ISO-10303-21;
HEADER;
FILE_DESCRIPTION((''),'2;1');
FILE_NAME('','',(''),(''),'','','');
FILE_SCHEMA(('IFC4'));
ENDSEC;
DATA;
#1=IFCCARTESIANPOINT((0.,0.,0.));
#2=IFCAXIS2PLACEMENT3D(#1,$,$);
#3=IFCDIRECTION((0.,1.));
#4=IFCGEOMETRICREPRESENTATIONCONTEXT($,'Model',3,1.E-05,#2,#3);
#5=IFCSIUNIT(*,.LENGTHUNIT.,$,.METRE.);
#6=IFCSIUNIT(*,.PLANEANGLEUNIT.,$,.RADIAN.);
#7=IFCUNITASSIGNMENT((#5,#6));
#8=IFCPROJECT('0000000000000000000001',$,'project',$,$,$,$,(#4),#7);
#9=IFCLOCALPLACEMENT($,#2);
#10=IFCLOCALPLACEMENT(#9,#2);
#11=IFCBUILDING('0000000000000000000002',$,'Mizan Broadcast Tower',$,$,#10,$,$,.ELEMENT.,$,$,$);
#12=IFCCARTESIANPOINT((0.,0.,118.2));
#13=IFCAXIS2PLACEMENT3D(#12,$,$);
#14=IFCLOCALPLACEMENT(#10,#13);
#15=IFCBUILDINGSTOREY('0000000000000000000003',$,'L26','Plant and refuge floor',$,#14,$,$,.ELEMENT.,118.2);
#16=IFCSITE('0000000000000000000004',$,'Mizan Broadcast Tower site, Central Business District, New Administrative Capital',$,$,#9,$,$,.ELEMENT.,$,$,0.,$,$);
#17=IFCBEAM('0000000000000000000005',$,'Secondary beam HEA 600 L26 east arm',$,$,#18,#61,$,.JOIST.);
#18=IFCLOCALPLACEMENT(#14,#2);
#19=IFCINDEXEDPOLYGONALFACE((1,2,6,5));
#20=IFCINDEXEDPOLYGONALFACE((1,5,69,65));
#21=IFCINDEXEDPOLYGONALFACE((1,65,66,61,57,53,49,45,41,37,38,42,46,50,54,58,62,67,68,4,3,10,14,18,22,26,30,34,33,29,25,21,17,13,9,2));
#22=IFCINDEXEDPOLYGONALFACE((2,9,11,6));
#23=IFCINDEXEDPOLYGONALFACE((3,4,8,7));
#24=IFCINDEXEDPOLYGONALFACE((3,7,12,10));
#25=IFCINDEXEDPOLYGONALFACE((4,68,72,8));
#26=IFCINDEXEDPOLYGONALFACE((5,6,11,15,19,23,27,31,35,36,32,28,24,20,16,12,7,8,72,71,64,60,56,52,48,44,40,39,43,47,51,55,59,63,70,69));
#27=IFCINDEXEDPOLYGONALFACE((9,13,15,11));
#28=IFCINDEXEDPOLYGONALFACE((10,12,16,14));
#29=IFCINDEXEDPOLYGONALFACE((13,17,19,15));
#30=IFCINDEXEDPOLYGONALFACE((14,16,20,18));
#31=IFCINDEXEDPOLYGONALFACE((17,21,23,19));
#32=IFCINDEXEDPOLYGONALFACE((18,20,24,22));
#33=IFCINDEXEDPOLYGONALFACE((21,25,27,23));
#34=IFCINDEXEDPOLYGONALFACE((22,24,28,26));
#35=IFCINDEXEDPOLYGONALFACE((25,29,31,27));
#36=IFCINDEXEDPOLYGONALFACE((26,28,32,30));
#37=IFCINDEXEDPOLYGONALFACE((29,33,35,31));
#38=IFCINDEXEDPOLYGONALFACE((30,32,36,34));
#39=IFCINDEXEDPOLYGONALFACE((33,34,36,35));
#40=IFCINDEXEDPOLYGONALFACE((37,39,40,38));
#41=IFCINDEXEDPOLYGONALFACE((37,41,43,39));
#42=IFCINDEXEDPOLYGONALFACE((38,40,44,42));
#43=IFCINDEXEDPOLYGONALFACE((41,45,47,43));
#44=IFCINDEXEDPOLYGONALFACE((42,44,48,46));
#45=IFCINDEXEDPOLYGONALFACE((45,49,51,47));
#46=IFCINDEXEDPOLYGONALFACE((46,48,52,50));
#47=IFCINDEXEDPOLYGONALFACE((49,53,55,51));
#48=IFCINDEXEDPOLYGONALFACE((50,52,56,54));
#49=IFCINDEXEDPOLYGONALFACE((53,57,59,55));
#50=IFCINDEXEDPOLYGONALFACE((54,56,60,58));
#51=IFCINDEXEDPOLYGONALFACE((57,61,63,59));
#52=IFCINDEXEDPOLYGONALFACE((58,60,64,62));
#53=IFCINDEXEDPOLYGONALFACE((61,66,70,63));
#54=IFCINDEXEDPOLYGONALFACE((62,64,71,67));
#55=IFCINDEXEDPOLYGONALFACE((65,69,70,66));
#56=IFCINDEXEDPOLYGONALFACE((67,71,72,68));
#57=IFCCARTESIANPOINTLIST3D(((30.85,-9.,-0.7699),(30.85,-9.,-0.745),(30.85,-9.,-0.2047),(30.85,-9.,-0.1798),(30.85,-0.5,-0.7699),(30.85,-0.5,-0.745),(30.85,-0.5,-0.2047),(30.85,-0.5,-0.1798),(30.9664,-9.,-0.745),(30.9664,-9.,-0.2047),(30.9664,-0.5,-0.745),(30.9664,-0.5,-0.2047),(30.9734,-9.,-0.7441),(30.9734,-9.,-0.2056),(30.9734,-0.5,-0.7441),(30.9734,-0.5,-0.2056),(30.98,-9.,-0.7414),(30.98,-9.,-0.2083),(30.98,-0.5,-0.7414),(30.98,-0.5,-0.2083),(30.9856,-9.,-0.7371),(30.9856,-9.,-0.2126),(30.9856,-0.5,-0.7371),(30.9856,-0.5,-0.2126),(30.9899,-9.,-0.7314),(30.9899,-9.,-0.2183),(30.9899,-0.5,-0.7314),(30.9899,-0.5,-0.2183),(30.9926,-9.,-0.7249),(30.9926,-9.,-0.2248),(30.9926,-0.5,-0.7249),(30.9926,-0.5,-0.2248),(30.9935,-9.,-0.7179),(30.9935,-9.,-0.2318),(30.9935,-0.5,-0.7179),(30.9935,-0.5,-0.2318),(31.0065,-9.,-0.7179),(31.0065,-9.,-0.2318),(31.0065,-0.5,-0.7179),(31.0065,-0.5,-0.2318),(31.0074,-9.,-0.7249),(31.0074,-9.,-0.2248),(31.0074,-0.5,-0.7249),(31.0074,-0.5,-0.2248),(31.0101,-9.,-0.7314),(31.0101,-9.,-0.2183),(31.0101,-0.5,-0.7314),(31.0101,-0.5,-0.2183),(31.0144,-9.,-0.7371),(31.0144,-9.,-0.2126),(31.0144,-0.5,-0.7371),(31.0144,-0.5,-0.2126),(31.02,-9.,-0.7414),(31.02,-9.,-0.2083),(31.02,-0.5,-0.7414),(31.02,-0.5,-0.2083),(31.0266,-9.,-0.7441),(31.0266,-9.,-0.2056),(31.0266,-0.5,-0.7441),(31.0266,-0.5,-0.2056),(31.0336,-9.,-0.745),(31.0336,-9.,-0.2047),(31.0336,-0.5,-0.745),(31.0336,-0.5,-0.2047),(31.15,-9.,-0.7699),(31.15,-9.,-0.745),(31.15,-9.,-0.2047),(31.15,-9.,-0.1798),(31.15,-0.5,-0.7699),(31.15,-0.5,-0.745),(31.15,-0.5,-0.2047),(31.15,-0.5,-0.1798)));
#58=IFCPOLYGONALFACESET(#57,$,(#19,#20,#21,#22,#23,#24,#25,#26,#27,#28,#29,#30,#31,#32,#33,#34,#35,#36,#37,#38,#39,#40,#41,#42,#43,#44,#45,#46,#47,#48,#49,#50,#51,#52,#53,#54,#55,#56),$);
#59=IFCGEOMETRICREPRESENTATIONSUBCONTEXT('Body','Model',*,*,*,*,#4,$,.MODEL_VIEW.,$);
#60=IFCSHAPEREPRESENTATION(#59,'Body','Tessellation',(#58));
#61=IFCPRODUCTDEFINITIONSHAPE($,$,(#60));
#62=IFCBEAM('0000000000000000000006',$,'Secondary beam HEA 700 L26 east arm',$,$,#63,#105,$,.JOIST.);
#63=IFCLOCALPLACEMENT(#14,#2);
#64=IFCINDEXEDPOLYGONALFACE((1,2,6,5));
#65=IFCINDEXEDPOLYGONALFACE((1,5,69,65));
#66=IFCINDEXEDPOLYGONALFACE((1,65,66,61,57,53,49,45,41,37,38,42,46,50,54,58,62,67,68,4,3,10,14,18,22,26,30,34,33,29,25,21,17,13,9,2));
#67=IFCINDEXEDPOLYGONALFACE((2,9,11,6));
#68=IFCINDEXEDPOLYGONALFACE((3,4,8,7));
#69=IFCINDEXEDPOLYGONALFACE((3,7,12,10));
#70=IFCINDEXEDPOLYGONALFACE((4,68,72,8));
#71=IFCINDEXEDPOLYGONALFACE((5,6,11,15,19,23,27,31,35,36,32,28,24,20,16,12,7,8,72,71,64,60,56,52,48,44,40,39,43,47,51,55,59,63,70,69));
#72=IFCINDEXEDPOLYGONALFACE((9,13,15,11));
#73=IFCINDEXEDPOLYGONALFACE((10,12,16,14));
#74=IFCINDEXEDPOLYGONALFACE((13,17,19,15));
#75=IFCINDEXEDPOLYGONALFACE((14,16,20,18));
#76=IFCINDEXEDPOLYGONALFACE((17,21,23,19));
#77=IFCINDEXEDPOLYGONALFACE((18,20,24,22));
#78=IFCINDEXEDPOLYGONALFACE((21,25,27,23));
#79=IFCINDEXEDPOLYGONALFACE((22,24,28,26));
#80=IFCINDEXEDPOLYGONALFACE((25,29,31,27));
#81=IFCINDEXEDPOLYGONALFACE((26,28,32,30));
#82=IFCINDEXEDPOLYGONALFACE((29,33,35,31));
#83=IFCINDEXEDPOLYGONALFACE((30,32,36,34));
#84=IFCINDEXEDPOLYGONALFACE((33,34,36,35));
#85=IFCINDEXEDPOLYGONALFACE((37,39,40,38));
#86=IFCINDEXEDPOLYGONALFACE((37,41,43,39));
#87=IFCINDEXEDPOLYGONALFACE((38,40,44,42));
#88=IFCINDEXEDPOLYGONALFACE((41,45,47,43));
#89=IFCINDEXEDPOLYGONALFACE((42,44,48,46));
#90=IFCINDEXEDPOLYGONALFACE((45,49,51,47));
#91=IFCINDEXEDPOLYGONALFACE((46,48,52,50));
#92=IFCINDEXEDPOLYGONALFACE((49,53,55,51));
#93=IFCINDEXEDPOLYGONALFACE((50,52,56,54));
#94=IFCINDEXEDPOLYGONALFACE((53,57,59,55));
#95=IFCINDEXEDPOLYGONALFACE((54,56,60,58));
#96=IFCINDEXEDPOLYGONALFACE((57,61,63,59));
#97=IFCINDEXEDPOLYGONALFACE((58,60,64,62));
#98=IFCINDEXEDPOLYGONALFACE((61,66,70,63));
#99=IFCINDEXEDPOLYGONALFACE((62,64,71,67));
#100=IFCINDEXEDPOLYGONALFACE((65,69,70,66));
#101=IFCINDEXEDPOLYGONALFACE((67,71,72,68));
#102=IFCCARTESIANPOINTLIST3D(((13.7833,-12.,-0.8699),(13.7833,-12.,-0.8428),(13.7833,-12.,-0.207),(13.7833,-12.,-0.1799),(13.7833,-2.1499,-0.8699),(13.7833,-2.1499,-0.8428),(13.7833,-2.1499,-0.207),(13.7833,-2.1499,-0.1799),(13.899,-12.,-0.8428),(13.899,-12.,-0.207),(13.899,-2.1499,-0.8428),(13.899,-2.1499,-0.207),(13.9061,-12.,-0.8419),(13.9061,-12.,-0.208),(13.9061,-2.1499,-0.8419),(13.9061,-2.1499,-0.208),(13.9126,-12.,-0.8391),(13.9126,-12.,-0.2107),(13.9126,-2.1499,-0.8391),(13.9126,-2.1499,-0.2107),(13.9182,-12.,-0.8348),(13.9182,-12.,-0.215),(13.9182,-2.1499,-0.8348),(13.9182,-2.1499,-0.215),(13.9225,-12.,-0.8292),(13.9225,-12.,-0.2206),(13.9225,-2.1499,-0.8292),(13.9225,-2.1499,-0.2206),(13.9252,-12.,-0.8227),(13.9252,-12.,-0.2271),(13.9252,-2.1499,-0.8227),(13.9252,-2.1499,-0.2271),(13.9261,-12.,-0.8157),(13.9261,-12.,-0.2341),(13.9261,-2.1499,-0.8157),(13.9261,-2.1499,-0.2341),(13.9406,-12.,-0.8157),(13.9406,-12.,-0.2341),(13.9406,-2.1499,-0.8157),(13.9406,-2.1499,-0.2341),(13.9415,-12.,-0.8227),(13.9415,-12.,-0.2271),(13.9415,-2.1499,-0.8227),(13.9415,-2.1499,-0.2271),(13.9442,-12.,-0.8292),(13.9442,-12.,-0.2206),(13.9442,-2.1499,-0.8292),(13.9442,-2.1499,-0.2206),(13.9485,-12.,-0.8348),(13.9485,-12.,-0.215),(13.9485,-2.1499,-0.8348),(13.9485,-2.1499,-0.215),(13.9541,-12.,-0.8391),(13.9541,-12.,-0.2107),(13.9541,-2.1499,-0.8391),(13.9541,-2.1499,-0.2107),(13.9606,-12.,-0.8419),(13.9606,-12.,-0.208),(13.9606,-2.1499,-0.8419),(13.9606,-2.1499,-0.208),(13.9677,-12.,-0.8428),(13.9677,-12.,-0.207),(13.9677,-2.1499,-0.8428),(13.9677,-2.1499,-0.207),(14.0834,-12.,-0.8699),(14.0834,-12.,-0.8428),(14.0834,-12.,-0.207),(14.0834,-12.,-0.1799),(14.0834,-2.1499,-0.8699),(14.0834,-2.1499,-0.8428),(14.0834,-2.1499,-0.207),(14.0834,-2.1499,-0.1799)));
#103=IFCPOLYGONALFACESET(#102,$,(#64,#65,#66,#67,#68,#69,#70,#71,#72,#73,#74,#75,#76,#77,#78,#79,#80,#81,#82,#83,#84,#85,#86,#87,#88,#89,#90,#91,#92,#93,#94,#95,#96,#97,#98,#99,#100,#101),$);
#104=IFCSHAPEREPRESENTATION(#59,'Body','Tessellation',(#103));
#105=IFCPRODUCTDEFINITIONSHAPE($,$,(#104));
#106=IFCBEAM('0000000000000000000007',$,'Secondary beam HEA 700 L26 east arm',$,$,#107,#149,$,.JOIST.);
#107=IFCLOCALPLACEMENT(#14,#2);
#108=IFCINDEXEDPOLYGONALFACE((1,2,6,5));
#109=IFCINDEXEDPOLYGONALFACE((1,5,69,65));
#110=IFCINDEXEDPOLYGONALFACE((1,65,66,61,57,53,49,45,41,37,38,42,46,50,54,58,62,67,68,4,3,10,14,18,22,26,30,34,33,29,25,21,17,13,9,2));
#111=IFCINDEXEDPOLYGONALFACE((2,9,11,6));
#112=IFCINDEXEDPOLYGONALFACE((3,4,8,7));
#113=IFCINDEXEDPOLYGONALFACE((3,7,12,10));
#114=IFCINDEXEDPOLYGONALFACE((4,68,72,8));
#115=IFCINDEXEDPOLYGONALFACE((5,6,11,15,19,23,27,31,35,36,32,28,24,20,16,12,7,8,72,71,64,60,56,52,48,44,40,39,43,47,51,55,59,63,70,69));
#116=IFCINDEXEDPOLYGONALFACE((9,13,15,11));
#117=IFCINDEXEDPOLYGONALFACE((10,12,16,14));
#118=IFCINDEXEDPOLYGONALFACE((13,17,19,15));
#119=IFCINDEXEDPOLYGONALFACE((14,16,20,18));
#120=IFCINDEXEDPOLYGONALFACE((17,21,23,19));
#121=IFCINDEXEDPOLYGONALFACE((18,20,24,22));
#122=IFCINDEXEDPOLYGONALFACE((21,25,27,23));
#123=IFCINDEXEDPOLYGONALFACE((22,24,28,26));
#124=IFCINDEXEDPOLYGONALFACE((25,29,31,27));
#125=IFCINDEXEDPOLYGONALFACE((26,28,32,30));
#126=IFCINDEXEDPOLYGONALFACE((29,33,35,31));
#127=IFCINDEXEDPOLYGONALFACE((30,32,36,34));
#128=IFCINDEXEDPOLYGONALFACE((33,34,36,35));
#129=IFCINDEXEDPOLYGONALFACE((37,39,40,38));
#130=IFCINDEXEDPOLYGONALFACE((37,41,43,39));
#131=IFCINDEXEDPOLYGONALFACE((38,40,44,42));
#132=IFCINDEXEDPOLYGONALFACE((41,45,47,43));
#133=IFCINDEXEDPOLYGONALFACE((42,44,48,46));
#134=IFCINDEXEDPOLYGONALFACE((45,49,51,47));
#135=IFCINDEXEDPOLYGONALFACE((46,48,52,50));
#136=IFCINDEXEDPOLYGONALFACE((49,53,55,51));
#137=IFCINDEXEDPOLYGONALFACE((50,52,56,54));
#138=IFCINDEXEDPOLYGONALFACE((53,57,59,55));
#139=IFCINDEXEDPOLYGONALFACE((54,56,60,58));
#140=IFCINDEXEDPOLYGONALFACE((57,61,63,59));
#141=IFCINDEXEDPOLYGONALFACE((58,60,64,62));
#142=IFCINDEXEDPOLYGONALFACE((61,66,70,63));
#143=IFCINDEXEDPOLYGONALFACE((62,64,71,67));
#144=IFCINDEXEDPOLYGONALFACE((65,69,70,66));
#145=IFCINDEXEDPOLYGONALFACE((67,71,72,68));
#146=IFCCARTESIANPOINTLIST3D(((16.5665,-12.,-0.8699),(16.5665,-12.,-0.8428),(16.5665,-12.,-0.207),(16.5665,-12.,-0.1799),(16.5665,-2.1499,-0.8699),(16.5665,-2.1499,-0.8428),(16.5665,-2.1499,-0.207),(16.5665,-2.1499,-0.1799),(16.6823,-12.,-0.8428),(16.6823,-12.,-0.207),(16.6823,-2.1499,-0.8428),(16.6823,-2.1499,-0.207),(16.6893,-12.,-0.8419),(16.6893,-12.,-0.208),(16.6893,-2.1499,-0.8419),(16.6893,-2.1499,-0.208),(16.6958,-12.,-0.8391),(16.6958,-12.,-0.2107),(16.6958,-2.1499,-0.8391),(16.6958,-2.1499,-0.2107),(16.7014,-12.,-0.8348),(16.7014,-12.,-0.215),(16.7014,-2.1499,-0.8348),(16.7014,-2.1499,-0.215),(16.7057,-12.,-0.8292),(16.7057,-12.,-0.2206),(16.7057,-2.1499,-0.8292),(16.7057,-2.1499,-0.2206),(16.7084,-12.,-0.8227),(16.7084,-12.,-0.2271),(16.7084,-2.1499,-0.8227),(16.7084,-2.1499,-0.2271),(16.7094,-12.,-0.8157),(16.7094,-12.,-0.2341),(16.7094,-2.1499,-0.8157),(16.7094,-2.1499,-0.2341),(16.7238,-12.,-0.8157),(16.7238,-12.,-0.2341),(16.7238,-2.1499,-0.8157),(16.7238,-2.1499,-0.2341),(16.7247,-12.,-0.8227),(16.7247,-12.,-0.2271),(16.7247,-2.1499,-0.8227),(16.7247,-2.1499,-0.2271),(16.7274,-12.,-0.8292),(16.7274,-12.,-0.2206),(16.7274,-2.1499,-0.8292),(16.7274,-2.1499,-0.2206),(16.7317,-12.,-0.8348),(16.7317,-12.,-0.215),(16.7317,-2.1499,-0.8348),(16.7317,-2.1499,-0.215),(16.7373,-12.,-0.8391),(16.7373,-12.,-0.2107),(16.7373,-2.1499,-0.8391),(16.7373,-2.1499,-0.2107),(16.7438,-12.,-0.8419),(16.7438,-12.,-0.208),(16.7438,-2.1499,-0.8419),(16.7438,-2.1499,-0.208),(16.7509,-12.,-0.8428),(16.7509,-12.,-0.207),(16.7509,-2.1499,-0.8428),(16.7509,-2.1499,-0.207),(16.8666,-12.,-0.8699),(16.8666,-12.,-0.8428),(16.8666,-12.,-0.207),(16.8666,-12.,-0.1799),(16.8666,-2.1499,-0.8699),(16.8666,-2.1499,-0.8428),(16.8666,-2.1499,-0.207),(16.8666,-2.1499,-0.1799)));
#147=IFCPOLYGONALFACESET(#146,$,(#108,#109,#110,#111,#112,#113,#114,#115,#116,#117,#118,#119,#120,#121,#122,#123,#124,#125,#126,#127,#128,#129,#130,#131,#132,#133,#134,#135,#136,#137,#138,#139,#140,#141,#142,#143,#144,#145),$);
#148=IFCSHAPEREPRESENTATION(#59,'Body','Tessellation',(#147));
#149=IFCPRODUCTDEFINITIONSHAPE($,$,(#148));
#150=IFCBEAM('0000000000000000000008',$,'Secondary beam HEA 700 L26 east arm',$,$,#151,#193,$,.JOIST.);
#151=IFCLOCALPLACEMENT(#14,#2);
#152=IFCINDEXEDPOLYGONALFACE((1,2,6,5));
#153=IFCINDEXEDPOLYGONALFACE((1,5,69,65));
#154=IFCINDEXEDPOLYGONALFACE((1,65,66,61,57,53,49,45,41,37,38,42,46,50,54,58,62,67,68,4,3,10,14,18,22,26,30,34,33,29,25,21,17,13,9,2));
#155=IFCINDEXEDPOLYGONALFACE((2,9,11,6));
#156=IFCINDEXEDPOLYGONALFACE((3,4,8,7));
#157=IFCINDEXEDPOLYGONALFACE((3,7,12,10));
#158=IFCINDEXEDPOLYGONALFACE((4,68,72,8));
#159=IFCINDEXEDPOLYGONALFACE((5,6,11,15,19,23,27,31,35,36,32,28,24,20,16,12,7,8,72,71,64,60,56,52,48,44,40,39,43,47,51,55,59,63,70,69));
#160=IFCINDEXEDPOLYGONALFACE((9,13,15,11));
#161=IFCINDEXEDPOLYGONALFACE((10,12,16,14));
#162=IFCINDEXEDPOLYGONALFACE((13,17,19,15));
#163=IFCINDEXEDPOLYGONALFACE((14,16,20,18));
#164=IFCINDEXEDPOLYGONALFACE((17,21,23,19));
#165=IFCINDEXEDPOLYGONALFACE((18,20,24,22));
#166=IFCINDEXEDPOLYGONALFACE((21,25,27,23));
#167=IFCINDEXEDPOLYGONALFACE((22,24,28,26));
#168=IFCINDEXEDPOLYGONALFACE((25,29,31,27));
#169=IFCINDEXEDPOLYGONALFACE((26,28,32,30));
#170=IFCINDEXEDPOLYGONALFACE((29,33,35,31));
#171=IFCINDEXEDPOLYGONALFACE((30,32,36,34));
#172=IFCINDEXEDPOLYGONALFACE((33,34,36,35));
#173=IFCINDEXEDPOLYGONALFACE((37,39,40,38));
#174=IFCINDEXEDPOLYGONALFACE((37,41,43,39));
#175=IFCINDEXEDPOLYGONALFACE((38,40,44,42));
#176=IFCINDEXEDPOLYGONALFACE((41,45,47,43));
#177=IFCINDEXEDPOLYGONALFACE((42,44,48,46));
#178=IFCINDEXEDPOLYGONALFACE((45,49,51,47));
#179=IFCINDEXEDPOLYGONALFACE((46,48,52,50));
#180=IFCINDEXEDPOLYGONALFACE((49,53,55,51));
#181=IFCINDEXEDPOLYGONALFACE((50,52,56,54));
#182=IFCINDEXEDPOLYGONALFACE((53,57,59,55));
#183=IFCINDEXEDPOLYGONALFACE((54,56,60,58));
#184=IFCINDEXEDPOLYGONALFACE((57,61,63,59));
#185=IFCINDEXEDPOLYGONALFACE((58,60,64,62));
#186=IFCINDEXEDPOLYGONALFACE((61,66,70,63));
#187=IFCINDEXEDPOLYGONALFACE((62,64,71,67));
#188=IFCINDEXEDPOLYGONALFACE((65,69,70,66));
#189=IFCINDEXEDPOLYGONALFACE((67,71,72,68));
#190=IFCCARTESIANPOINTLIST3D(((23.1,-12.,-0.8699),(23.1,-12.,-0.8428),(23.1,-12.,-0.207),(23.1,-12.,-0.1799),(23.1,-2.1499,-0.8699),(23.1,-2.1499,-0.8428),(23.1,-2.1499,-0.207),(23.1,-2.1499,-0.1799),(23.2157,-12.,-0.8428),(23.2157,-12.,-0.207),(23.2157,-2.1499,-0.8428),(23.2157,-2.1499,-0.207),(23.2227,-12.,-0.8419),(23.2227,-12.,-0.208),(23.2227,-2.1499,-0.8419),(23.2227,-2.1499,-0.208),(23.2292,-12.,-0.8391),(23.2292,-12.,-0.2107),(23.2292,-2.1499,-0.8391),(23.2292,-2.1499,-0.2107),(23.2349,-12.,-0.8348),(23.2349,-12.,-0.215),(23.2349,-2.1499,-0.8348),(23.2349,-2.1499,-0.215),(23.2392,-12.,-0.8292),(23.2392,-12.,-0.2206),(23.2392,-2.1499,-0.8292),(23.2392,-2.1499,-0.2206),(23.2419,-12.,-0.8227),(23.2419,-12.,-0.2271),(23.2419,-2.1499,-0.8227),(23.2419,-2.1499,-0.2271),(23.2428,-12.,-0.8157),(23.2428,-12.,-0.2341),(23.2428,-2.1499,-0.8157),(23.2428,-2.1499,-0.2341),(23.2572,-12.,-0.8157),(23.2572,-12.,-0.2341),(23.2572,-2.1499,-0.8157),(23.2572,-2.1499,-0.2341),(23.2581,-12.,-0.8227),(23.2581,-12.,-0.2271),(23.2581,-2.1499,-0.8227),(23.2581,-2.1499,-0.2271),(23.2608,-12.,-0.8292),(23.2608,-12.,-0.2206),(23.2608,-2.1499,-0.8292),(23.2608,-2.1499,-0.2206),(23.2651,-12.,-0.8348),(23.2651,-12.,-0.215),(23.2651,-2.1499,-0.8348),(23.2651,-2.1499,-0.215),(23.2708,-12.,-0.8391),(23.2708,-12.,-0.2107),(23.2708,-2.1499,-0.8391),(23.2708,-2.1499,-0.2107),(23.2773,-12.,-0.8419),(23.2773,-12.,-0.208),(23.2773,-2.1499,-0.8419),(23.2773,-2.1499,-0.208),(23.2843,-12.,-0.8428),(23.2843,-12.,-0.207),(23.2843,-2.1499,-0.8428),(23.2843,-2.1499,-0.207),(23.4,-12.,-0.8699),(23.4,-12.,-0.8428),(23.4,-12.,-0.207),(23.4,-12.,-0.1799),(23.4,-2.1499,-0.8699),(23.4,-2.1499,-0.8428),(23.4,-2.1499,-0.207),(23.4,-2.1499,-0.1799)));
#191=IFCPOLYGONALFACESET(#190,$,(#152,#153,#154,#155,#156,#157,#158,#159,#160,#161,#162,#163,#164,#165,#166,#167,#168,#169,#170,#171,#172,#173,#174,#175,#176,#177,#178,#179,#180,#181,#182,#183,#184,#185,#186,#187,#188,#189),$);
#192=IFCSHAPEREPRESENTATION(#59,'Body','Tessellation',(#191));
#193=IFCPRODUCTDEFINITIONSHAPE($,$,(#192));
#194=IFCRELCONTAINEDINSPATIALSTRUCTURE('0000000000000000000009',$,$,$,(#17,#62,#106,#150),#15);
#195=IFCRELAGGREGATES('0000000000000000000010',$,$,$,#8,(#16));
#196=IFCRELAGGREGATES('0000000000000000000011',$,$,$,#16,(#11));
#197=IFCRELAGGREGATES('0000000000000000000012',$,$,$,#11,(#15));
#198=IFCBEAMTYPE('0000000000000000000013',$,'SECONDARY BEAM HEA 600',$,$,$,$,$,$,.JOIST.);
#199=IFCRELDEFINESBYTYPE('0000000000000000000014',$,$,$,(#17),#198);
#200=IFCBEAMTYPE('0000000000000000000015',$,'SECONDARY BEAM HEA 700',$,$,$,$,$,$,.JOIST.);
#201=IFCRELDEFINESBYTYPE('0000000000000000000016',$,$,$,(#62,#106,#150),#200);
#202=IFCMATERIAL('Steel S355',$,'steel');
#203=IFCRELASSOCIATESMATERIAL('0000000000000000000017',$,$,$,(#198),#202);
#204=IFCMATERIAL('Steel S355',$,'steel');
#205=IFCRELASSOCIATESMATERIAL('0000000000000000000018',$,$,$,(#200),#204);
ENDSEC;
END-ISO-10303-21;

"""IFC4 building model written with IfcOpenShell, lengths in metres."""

from ifc_helpers import new_model, si_unit, direction, frame, origin, origin_2d, place, context, subcontext, project, spatial, i_section, extrude, material, material_profile, profile_set, type_object, element, save


model = new_model("IFC4")

# Units and contexts
model_context = context("Model", 3, precision=1e-05, world=origin(), true_north=direction((0.0, 1.0)))
body_context = subcontext(model_context, "Body", "Model", "MODEL_VIEW")
ifc_project = project(units=[si_unit("LENGTHUNIT", "METRE"), si_unit("PLANEANGLEUNIT", "RADIAN")], contexts=[model_context])

# Site, building, storey
site_placement = place(None, origin())
site = spatial("IfcSite", under=ifc_project, at=site_placement, Name="Mizan Broadcast Tower site, Central Business District, New Administrative Capital", CompositionType="ELEMENT", RefElevation=0.0)
building_placement = place(site_placement, origin())
building = spatial("IfcBuilding", under=site, at=building_placement, Name="Mizan Broadcast Tower", CompositionType="ELEMENT")
storey_placement = place(building_placement, frame((0.0, 0.0, 118.2)))
storey = spatial("IfcBuildingStorey", under=building, at=storey_placement, Name="L26", Description="Plant and refuge floor", CompositionType="ELEMENT", Elevation=118.2)

# Beams
ifc_material_1 = material(Name="Steel S355", Category="steel")
ifc_material_profile_1 = material_profile(ifc_material_1, i_section(OverallWidth=0.3, OverallDepth=0.5901, WebThickness=0.0129, FlangeThickness=0.0249, FilletRadius=0.0271, at=origin_2d()), Name="HEA 600")
ifc_profile_set_1 = profile_set([ifc_material_profile_1], Name="Steel S355")
beam_type_1 = type_object("IfcBeamType", Name="SECONDARY BEAM HEA 600", PredefinedType="JOIST", material=ifc_profile_set_1)
beam_1_placement = place(storey_placement, frame((31.0, -9.0, -0.4749), z_axis=(0.0, 1.0, 0.0), x_axis=(-1.0, 0.0, 0.0)))
element("IfcBeam", 1, at=beam_1_placement, inside=storey, type_object=beam_type_1, Name="Secondary beam HEA 600 L26 east arm", PredefinedType="JOIST", context=body_context, shape_type="SweptSolid", body=[
    extrude(i_section(OverallWidth=0.3, OverallDepth=0.5901, WebThickness=0.0129, FlangeThickness=0.0249, FilletRadius=0.0271, at=origin_2d()), origin(), (0.0, 0.0, 1.0), 8.5),
])
ifc_material_2 = material(Name="Steel S355", Category="steel")
ifc_material_profile_2 = material_profile(ifc_material_2, i_section(OverallWidth=0.3, OverallDepth=0.6899, WebThickness=0.0144, FlangeThickness=0.0271, FilletRadius=0.0271, at=origin_2d()), Name="HEA 700")
ifc_profile_set_2 = profile_set([ifc_material_profile_2], Name="Steel S355")
beam_type_2 = type_object("IfcBeamType", Name="SECONDARY BEAM HEA 700", PredefinedType="JOIST", material=ifc_profile_set_2)
for number, where, z_axis, x_axis, name in (
    (2, (13.9333, -12.0, -0.5249), (0.0, 1.0, 0.0), (-1.0, 0.0, 0.0), "Secondary beam HEA 700 L26 east arm"),
    (3, (16.7166, -12.0, -0.5249), (0.0, 1.0, 0.0), (-1.0, 0.0, 0.0), "Secondary beam HEA 700 L26 east arm"),
    (4, (23.25, -12.0, -0.5249), (0.0, 1.0, 0.0), (-1.0, 0.0, 0.0), "Secondary beam HEA 700 L26 east arm"),
):
    element("IfcBeam", number, at=place(storey_placement, frame(where, z_axis=z_axis, x_axis=x_axis)), inside=storey, type_object=beam_type_2, Name=name, PredefinedType="JOIST", context=body_context, shape_type="SweptSolid", body=[
        extrude(i_section(OverallWidth=0.3, OverallDepth=0.6899, WebThickness=0.0144, FlangeThickness=0.0271, FilletRadius=0.0271, at=origin_2d()), origin(), (0.0, 0.0, 1.0), 9.8501),
    ])

save(model, "model.ifc")
